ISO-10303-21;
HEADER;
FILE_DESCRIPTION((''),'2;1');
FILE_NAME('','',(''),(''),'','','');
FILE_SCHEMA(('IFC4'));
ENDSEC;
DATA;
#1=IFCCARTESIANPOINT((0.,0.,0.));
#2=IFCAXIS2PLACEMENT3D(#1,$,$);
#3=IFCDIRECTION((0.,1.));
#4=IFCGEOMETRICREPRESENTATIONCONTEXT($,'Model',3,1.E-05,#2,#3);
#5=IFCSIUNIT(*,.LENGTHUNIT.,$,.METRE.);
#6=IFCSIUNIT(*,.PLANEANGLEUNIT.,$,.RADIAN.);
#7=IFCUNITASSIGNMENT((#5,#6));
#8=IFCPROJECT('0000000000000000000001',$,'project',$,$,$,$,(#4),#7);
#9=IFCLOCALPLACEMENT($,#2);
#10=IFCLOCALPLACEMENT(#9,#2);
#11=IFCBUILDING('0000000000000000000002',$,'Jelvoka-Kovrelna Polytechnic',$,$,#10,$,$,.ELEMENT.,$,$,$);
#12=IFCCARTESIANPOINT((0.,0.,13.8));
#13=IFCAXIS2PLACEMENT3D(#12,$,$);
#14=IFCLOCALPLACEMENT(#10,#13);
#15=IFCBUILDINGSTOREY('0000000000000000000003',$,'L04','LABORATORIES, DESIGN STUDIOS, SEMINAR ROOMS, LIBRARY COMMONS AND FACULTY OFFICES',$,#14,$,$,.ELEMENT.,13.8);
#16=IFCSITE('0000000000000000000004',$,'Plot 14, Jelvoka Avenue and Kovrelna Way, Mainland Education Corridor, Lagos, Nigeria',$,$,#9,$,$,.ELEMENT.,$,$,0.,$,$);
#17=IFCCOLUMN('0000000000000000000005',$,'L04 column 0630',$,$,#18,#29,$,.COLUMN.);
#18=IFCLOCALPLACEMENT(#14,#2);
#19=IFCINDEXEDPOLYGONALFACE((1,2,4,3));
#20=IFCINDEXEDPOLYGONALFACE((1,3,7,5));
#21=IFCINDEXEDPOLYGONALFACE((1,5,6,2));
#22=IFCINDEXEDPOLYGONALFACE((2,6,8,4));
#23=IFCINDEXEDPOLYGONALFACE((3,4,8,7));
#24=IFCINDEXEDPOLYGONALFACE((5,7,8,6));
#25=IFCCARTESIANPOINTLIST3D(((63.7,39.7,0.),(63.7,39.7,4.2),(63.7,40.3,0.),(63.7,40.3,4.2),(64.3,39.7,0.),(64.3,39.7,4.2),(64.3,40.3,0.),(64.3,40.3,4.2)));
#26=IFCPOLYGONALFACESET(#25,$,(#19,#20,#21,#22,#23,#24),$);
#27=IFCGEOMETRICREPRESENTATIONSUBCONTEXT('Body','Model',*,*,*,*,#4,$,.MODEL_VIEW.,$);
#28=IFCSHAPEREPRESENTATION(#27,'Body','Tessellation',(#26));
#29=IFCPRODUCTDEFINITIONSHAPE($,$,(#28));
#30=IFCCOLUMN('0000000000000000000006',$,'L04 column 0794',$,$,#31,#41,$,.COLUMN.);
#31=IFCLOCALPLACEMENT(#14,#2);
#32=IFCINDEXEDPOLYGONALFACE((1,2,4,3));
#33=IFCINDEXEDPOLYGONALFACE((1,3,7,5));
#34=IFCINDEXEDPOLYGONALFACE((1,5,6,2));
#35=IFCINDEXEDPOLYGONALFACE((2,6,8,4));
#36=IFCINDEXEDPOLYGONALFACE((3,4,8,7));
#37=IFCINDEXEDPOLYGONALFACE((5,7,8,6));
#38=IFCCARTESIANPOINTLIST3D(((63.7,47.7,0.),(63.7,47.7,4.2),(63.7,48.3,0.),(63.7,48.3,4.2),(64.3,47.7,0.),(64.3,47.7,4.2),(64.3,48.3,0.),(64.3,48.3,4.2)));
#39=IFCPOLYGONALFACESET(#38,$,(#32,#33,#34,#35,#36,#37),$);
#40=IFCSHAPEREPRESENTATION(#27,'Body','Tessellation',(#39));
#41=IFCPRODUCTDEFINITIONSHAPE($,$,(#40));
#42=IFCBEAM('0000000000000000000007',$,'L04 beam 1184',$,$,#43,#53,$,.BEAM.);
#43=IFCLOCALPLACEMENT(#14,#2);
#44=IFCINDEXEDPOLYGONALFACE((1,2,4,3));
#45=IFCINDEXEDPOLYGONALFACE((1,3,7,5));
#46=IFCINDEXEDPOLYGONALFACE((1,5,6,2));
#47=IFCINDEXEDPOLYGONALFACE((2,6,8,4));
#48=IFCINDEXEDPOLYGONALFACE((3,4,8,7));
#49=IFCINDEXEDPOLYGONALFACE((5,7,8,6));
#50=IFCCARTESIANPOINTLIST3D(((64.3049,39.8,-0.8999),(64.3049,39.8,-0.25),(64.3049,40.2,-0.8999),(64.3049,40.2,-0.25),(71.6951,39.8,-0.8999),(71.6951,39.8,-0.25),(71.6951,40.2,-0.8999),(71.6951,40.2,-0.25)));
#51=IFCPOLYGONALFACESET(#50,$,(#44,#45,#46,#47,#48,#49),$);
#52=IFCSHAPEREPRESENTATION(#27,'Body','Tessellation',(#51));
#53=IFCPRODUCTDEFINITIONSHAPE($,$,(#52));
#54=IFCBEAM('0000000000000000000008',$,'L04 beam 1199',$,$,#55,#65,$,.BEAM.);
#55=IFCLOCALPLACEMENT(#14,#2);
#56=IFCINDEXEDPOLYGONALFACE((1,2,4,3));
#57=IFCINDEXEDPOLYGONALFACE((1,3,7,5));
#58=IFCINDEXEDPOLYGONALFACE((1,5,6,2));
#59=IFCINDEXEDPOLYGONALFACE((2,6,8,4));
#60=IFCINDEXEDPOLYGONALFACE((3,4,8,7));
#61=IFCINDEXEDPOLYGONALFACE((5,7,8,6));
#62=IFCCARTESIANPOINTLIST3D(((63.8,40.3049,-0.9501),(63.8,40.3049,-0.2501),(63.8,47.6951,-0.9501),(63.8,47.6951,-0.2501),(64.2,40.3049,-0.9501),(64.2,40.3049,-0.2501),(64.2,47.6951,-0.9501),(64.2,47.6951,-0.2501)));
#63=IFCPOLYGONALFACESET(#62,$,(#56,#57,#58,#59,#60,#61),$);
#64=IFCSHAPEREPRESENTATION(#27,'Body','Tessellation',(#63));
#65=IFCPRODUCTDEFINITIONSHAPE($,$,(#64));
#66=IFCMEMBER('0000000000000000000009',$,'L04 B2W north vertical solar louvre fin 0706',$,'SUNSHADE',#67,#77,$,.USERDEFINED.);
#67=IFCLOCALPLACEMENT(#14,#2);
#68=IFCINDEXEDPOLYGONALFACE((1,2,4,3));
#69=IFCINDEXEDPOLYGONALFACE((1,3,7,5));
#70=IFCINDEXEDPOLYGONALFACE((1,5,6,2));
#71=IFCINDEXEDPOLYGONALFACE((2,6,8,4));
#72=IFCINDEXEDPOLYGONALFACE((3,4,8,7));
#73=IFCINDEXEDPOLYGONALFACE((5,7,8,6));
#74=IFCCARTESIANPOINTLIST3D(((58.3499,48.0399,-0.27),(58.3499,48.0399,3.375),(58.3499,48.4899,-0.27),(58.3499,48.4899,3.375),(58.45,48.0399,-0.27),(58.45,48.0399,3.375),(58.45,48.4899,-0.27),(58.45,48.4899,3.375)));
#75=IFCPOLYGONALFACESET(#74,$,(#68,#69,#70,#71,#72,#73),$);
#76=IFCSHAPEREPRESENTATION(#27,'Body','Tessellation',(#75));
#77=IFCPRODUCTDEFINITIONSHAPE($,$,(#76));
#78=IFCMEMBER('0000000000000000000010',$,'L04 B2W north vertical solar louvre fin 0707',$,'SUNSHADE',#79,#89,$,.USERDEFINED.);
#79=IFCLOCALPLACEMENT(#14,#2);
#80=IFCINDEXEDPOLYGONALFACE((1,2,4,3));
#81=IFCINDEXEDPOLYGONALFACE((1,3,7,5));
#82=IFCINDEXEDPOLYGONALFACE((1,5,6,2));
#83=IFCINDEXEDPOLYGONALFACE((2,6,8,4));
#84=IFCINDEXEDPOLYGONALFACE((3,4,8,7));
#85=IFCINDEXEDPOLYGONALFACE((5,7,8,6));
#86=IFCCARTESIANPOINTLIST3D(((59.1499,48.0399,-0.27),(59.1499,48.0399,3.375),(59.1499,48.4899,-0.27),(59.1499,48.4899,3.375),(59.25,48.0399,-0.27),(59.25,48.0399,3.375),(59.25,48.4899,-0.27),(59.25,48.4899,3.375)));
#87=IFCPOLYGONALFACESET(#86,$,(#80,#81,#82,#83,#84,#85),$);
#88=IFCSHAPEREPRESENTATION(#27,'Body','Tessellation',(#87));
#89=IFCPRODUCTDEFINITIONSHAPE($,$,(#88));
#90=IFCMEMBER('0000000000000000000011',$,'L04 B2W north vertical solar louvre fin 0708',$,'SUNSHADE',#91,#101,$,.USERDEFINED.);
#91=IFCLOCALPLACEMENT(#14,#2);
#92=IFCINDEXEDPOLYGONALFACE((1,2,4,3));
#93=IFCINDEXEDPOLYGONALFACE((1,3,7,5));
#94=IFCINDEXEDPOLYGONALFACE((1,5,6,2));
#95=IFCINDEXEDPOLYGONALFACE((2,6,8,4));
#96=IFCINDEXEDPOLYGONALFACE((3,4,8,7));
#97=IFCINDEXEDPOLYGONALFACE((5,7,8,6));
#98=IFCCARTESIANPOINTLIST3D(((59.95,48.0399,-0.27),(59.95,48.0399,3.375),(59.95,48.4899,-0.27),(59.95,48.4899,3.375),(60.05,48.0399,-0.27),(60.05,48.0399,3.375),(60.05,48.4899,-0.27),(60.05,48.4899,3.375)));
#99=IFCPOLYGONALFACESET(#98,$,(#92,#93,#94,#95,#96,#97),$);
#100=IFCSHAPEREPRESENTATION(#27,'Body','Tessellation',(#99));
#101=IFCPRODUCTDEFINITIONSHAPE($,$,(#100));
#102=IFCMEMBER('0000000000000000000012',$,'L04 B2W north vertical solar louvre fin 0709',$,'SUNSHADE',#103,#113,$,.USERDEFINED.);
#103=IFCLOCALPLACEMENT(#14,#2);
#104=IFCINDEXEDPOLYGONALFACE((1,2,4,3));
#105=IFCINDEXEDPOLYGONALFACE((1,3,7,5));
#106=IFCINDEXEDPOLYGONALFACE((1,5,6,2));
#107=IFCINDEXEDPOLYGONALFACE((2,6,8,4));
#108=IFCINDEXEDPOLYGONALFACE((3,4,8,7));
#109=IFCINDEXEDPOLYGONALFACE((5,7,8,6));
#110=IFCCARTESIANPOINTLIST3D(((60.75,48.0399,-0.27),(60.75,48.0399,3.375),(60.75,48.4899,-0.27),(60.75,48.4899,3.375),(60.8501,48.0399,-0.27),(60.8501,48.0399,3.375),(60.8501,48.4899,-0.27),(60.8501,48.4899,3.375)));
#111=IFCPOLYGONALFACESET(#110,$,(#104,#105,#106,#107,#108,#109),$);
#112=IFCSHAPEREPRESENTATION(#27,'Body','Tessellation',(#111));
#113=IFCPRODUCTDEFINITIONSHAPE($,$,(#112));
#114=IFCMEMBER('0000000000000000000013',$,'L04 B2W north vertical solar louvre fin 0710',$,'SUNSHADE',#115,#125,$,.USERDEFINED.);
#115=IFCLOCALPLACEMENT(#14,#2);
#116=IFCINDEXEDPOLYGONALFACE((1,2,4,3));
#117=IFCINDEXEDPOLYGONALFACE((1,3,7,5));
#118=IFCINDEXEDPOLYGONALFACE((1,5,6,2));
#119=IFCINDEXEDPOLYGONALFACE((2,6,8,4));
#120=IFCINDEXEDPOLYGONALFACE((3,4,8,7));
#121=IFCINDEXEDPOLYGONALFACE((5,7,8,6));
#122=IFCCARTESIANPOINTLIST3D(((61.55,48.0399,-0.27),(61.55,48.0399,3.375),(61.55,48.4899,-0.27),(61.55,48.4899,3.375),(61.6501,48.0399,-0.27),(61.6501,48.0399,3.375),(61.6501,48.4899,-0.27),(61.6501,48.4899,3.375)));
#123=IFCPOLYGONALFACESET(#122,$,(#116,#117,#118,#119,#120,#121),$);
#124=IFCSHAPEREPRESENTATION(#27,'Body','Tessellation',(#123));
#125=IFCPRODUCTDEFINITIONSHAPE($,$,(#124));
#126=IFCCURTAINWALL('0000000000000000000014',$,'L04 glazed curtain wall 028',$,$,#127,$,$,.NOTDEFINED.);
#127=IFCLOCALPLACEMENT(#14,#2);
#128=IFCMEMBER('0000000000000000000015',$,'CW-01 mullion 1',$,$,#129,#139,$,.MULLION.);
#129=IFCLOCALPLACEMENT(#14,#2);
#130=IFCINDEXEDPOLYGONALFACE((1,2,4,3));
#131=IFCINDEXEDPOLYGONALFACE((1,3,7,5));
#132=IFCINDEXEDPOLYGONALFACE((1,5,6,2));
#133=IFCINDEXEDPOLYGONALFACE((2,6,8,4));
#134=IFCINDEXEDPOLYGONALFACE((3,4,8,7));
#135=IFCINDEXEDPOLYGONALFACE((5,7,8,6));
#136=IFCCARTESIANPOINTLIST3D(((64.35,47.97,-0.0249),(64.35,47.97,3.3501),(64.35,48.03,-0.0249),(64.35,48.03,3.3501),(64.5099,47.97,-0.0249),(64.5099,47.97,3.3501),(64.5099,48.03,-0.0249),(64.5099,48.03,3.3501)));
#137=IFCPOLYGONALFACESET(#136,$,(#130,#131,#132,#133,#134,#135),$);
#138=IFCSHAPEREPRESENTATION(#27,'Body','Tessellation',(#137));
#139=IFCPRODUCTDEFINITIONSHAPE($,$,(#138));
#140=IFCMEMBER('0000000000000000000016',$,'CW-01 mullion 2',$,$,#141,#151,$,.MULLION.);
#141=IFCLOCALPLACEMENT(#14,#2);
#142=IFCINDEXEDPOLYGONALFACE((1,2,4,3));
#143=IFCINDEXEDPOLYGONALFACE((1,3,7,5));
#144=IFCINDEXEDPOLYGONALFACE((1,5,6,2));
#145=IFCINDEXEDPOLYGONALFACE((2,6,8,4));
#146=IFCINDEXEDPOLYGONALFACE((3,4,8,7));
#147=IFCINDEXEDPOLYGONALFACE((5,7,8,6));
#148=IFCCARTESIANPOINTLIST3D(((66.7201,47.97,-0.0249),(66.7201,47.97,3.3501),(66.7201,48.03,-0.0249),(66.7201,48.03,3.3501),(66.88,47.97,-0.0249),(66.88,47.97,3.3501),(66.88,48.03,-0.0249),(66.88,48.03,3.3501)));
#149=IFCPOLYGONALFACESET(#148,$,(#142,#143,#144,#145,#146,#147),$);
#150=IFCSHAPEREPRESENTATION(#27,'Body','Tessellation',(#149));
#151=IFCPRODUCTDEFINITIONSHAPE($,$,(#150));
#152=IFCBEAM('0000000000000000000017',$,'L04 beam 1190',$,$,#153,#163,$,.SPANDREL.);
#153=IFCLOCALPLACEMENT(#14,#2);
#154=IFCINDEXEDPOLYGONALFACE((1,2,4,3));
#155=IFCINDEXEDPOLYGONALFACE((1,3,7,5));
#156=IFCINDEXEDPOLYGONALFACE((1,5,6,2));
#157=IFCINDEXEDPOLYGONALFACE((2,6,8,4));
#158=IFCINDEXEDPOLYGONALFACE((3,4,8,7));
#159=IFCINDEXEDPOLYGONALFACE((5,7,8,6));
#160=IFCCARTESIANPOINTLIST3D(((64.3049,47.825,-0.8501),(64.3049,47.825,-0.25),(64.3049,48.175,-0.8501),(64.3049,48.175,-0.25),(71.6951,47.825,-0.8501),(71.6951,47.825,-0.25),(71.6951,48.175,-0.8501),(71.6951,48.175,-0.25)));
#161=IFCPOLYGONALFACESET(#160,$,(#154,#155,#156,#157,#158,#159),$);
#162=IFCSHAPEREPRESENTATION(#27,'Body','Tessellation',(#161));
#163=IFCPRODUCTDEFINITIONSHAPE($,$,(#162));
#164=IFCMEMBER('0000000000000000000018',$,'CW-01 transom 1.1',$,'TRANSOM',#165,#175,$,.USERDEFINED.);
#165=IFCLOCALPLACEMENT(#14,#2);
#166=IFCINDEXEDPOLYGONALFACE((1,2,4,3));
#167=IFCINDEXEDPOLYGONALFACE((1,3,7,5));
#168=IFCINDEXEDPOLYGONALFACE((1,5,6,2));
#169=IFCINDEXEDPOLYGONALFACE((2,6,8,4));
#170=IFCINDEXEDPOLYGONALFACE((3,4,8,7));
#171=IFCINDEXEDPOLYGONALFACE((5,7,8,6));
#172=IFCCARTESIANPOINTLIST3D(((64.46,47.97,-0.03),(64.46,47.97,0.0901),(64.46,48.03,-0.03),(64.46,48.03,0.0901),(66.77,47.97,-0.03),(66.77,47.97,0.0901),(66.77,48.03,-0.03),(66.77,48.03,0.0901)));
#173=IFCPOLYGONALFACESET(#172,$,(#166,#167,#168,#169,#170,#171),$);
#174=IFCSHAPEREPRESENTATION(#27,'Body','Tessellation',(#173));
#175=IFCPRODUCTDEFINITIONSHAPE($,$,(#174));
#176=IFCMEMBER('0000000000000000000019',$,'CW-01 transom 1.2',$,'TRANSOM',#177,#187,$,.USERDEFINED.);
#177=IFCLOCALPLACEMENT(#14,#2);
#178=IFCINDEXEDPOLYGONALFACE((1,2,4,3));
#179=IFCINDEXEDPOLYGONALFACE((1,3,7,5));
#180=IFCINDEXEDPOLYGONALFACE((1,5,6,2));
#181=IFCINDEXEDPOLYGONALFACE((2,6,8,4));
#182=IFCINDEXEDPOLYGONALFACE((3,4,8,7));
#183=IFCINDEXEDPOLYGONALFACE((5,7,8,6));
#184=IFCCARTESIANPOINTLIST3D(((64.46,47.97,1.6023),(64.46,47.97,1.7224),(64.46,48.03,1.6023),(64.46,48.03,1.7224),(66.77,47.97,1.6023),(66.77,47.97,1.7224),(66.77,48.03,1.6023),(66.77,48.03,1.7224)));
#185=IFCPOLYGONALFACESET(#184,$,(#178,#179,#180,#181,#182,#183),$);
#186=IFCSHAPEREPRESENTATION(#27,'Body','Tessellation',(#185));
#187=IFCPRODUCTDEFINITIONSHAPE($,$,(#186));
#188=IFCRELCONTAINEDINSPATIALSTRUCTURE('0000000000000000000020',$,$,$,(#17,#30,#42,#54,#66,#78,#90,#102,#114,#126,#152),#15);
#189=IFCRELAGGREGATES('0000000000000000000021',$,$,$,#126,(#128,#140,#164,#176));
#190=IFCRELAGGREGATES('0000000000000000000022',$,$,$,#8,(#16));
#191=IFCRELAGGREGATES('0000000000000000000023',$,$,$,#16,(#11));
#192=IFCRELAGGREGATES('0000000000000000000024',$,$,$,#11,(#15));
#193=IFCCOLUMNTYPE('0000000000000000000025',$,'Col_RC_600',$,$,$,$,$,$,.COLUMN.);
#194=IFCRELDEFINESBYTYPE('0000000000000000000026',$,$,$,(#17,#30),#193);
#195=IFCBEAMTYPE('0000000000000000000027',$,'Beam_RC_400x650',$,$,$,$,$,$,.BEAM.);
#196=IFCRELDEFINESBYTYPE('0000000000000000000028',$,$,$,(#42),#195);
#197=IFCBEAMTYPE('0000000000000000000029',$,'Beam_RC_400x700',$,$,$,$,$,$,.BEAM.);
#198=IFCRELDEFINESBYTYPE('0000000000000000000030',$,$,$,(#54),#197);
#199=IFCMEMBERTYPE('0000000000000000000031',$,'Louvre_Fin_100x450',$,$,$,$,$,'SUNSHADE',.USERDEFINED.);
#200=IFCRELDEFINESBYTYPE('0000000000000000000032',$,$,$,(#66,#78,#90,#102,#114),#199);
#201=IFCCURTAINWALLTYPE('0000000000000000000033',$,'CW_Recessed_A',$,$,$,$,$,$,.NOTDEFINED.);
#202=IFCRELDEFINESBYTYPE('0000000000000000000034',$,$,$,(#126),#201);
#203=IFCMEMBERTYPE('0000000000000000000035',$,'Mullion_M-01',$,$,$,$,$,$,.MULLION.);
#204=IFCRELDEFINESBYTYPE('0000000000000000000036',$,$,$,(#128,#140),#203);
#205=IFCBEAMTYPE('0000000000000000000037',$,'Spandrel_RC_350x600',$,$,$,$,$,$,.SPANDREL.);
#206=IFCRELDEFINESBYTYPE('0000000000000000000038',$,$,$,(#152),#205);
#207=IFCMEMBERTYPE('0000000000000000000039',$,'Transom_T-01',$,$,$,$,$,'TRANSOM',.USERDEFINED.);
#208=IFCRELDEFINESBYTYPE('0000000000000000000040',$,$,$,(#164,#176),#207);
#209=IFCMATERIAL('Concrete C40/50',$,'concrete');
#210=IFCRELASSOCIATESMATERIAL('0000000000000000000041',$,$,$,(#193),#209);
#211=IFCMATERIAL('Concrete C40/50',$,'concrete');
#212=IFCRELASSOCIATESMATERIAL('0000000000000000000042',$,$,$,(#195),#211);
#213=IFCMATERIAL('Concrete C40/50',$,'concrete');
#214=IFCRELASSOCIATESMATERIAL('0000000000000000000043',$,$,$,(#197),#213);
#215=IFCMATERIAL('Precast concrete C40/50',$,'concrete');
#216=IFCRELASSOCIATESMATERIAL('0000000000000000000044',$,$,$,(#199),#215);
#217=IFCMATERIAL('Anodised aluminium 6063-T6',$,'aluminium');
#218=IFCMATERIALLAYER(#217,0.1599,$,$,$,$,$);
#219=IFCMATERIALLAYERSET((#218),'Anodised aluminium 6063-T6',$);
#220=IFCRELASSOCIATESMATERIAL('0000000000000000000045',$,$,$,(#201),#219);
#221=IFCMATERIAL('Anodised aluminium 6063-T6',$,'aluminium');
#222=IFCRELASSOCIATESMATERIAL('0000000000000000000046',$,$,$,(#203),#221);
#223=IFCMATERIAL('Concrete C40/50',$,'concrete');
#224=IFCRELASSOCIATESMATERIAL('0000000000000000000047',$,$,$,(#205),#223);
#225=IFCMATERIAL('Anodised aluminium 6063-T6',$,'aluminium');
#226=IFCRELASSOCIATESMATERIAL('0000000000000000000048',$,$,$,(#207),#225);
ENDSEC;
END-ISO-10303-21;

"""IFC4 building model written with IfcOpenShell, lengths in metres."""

from ifc_helpers import new_model, si_unit, direction, frame, origin, origin_2d, place, context, subcontext, project, spatial, rectangle, extrude, material, layer, layer_set, material_profile, profile_set, type_object, element, aggregate, save


model = new_model("IFC4")

# Units and contexts
model_context = context("Model", 3, precision=1e-05, world=origin(), true_north=direction((0.0, 1.0)))
body_context = subcontext(model_context, "Body", "Model", "MODEL_VIEW")
ifc_project = project(units=[si_unit("LENGTHUNIT", "METRE"), si_unit("PLANEANGLEUNIT", "RADIAN")], contexts=[model_context])

# Site, building, storey
site_placement = place(None, origin())
site = spatial("IfcSite", under=ifc_project, at=site_placement, Name="Plot 14, Jelvoka Avenue and Kovrelna Way, Mainland Education Corridor, Lagos, Nigeria", CompositionType="ELEMENT", RefElevation=0.0)
building_placement = place(site_placement, origin())
building = spatial("IfcBuilding", under=site, at=building_placement, Name="Jelvoka-Kovrelna Polytechnic", CompositionType="ELEMENT")
storey_placement = place(building_placement, frame((0.0, 0.0, 13.8)))
storey = spatial("IfcBuildingStorey", under=building, at=storey_placement, Name="L04", Description="LABORATORIES, DESIGN STUDIOS, SEMINAR ROOMS, LIBRARY COMMONS AND FACULTY OFFICES", CompositionType="ELEMENT", Elevation=13.8)

# Columns
ifc_material_1 = material(Name="Concrete C40/50", Category="concrete")
ifc_material_profile_1 = material_profile(ifc_material_1, rectangle(XDim=0.6001, YDim=0.6001, at=origin_2d()), Name="RC 600x600")
ifc_profile_set_1 = profile_set([ifc_material_profile_1], Name="Concrete C40/50")
column_type = type_object("IfcColumnType", Name="Col_RC_600", PredefinedType="COLUMN", material=ifc_profile_set_1)
for number, where, z_axis, x_axis, name in (
    (1, (64.0, 40.0, 0.0), (0.0, 0.0, 1.0), (1.0, 0.0, 0.0), "L04 column 0630"),
    (2, (64.0, 48.0, 0.0), (0.0, 0.0, 1.0), (1.0, 0.0, 0.0), "L04 column 0794"),
):
    element("IfcColumn", number, at=place(storey_placement, frame(where, z_axis=z_axis, x_axis=x_axis)), inside=storey, type_object=column_type, Name=name, PredefinedType="COLUMN", context=body_context, shape_type="SweptSolid", body=[
        extrude(rectangle(XDim=0.6001, YDim=0.6001, at=origin_2d()), origin(), (0.0, 0.0, 1.0), 4.2),
    ])

# Beams
ifc_material_2 = material(Name="Concrete C40/50", Category="concrete")
ifc_material_profile_2 = material_profile(ifc_material_2, rectangle(XDim=0.3999, YDim=0.6499, at=origin_2d()), Name="RC 400x650")
ifc_profile_set_2 = profile_set([ifc_material_profile_2], Name="Concrete C40/50")
beam_type_1 = type_object("IfcBeamType", Name="Beam_RC_400x650", PredefinedType="BEAM", material=ifc_profile_set_2)
beam_1_placement = place(storey_placement, frame((64.3049, 40.0, -0.575), z_axis=(1.0, 0.0, 0.0), x_axis=(0.0, 1.0, 0.0)))
element("IfcBeam", 3, at=beam_1_placement, inside=storey, type_object=beam_type_1, Name="L04 beam 1184", PredefinedType="BEAM", context=body_context, shape_type="SweptSolid", body=[
    extrude(rectangle(XDim=0.3999, YDim=0.6499, at=origin_2d()), origin(), (0.0, 0.0, 1.0), 7.3901),
])
ifc_material_3 = material(Name="Concrete C40/50", Category="concrete")
ifc_material_profile_3 = material_profile(ifc_material_3, rectangle(XDim=0.3999, YDim=0.7, at=origin_2d()), Name="RC 400x700")
ifc_profile_set_3 = profile_set([ifc_material_profile_3], Name="Concrete C40/50")
beam_type_2 = type_object("IfcBeamType", Name="Beam_RC_400x700", PredefinedType="BEAM", material=ifc_profile_set_3)
beam_2_placement = place(storey_placement, frame((64.0, 40.3049, -0.6001), z_axis=(0.0, 1.0, 0.0), x_axis=(-1.0, 0.0, 0.0)))
element("IfcBeam", 4, at=beam_2_placement, inside=storey, type_object=beam_type_2, Name="L04 beam 1199", PredefinedType="BEAM", context=body_context, shape_type="SweptSolid", body=[
    extrude(rectangle(XDim=0.3999, YDim=0.7, at=origin_2d()), origin(), (0.0, 0.0, 1.0), 7.3901),
])

# Members
ifc_material_4 = material(Name="Precast concrete C40/50", Category="concrete")
ifc_material_profile_4 = material_profile(ifc_material_4, rectangle(XDim=0.1001, YDim=0.45, at=origin_2d()), Name="PC 100x450")
ifc_profile_set_4 = profile_set([ifc_material_profile_4], Name="Precast concrete C40/50")
member_type_1 = type_object("IfcMemberType", Name="Louvre_Fin_100x450", ElementType="SUNSHADE", PredefinedType="USERDEFINED", material=ifc_profile_set_4)
for number, where, z_axis, x_axis, name in (
    (5, (58.3999, 48.2649, -0.27), (0.0, 0.0, 1.0), (1.0, 0.0, 0.0), "L04 B2W north vertical solar louvre fin 0706"),
    (6, (59.2, 48.2649, -0.27), (0.0, 0.0, 1.0), (1.0, 0.0, 0.0), "L04 B2W north vertical solar louvre fin 0707"),
    (7, (60.0, 48.2649, -0.27), (0.0, 0.0, 1.0), (1.0, 0.0, 0.0), "L04 B2W north vertical solar louvre fin 0708"),
    (8, (60.8, 48.2649, -0.27), (0.0, 0.0, 1.0), (1.0, 0.0, 0.0), "L04 B2W north vertical solar louvre fin 0709"),
    (9, (61.6001, 48.2649, -0.27), (0.0, 0.0, 1.0), (1.0, 0.0, 0.0), "L04 B2W north vertical solar louvre fin 0710"),
):
    element("IfcMember", number, at=place(storey_placement, frame(where, z_axis=z_axis, x_axis=x_axis)), inside=storey, type_object=member_type_1, Name=name, ObjectType="SUNSHADE", PredefinedType="USERDEFINED", context=body_context, shape_type="SweptSolid", body=[
        extrude(rectangle(XDim=0.1001, YDim=0.45, at=origin_2d()), origin(), (0.0, 0.0, 1.0), 3.645),
    ])

# Curtain wall, members
ifc_material_5 = material(Name="Anodised aluminium 6063-T6", Category="aluminium")
ifc_layer_1 = layer(ifc_material_5, 0.1599)
ifc_layer_set_1 = layer_set([ifc_layer_1], Name="Anodised aluminium 6063-T6")
curtain_wall_type = type_object("IfcCurtainWallType", Name="CW_Recessed_A", PredefinedType="NOTDEFINED", material=ifc_layer_set_1)
curtain_wall_placement = place(storey_placement, origin())
curtain_wall = element("IfcCurtainWall", 10, at=curtain_wall_placement, inside=storey, type_object=curtain_wall_type, Name="L04 glazed curtain wall 028", PredefinedType="NOTDEFINED")
ifc_material_6 = material(Name="Anodised aluminium 6063-T6", Category="aluminium")
ifc_material_profile_5 = material_profile(ifc_material_6, rectangle(XDim=0.0601, YDim=0.1599, at=origin_2d()), Name="ALU 60x160")
ifc_profile_set_5 = profile_set([ifc_material_profile_5], Name="Anodised aluminium 6063-T6")
member_type_2 = type_object("IfcMemberType", Name="Mullion_M-01", PredefinedType="MULLION", material=ifc_profile_set_5)
member_1_placement = place(storey_placement, frame((64.4299, 48.0, -0.0249), z_axis=(0.0, 0.0, 1.0), x_axis=(0.0, 1.0, 0.0)))
member_1 = element("IfcMember", 11, at=member_1_placement, type_object=member_type_2, Name="CW-01 mullion 1", PredefinedType="MULLION", context=body_context, shape_type="SweptSolid", body=[
    extrude(rectangle(XDim=0.0601, YDim=0.1599, at=origin_2d()), origin(), (0.0, 0.0, 1.0), 3.375),
])
member_2_placement = place(storey_placement, frame((66.8, 48.0, -0.0249), z_axis=(0.0, 0.0, 1.0), x_axis=(0.0, 1.0, 0.0)))
member_2 = element("IfcMember", 12, at=member_2_placement, type_object=member_type_2, Name="CW-01 mullion 2", PredefinedType="MULLION", context=body_context, shape_type="SweptSolid", body=[
    extrude(rectangle(XDim=0.0601, YDim=0.1599, at=origin_2d()), origin(), (0.0, 0.0, 1.0), 3.375),
])

# Beam
ifc_material_7 = material(Name="Concrete C40/50", Category="concrete")
ifc_material_profile_6 = material_profile(ifc_material_7, rectangle(XDim=0.3501, YDim=0.6001, at=origin_2d()), Name="RC 350x600")
ifc_profile_set_6 = profile_set([ifc_material_profile_6], Name="Concrete C40/50")
beam_type_3 = type_object("IfcBeamType", Name="Spandrel_RC_350x600", PredefinedType="SPANDREL", material=ifc_profile_set_6)
beam_3_placement = place(storey_placement, frame((64.3049, 48.0, -0.55), z_axis=(1.0, 0.0, 0.0), x_axis=(0.0, 1.0, 0.0)))
element("IfcBeam", 13, at=beam_3_placement, inside=storey, type_object=beam_type_3, Name="L04 beam 1190", PredefinedType="SPANDREL", context=body_context, shape_type="SweptSolid", body=[
    extrude(rectangle(XDim=0.3501, YDim=0.6001, at=origin_2d()), origin(), (0.0, 0.0, 1.0), 7.3901),
])

# Members
ifc_material_8 = material(Name="Anodised aluminium 6063-T6", Category="aluminium")
ifc_material_profile_7 = material_profile(ifc_material_8, rectangle(XDim=0.0601, YDim=0.1201, at=origin_2d()), Name="ALU 60x120")
ifc_profile_set_7 = profile_set([ifc_material_profile_7], Name="Anodised aluminium 6063-T6")
member_type_3 = type_object("IfcMemberType", Name="Transom_T-01", ElementType="TRANSOM", PredefinedType="USERDEFINED", material=ifc_profile_set_7)
member_3_placement = place(storey_placement, frame((64.46, 48.0, 0.03), z_axis=(1.0, 0.0, 0.0), x_axis=(0.0, 1.0, 0.0)))
member_3 = element("IfcMember", 14, at=member_3_placement, type_object=member_type_3, Name="CW-01 transom 1.1", ObjectType="TRANSOM", PredefinedType="USERDEFINED", context=body_context, shape_type="SweptSolid", body=[
    extrude(rectangle(XDim=0.0601, YDim=0.1201, at=origin_2d()), origin(), (0.0, 0.0, 1.0), 2.3101),
])
member_4_placement = place(storey_placement, frame((64.46, 48.0, 1.6624), z_axis=(1.0, 0.0, 0.0), x_axis=(0.0, 1.0, 0.0)))
member_4 = element("IfcMember", 15, at=member_4_placement, type_object=member_type_3, Name="CW-01 transom 1.2", ObjectType="TRANSOM", PredefinedType="USERDEFINED", context=body_context, shape_type="SweptSolid", body=[
    extrude(rectangle(XDim=0.0601, YDim=0.1201, at=origin_2d()), origin(), (0.0, 0.0, 1.0), 2.3101),
])

aggregate(curtain_wall, [member_1, member_2, member_3, member_4])

save(model, "model.ifc")
